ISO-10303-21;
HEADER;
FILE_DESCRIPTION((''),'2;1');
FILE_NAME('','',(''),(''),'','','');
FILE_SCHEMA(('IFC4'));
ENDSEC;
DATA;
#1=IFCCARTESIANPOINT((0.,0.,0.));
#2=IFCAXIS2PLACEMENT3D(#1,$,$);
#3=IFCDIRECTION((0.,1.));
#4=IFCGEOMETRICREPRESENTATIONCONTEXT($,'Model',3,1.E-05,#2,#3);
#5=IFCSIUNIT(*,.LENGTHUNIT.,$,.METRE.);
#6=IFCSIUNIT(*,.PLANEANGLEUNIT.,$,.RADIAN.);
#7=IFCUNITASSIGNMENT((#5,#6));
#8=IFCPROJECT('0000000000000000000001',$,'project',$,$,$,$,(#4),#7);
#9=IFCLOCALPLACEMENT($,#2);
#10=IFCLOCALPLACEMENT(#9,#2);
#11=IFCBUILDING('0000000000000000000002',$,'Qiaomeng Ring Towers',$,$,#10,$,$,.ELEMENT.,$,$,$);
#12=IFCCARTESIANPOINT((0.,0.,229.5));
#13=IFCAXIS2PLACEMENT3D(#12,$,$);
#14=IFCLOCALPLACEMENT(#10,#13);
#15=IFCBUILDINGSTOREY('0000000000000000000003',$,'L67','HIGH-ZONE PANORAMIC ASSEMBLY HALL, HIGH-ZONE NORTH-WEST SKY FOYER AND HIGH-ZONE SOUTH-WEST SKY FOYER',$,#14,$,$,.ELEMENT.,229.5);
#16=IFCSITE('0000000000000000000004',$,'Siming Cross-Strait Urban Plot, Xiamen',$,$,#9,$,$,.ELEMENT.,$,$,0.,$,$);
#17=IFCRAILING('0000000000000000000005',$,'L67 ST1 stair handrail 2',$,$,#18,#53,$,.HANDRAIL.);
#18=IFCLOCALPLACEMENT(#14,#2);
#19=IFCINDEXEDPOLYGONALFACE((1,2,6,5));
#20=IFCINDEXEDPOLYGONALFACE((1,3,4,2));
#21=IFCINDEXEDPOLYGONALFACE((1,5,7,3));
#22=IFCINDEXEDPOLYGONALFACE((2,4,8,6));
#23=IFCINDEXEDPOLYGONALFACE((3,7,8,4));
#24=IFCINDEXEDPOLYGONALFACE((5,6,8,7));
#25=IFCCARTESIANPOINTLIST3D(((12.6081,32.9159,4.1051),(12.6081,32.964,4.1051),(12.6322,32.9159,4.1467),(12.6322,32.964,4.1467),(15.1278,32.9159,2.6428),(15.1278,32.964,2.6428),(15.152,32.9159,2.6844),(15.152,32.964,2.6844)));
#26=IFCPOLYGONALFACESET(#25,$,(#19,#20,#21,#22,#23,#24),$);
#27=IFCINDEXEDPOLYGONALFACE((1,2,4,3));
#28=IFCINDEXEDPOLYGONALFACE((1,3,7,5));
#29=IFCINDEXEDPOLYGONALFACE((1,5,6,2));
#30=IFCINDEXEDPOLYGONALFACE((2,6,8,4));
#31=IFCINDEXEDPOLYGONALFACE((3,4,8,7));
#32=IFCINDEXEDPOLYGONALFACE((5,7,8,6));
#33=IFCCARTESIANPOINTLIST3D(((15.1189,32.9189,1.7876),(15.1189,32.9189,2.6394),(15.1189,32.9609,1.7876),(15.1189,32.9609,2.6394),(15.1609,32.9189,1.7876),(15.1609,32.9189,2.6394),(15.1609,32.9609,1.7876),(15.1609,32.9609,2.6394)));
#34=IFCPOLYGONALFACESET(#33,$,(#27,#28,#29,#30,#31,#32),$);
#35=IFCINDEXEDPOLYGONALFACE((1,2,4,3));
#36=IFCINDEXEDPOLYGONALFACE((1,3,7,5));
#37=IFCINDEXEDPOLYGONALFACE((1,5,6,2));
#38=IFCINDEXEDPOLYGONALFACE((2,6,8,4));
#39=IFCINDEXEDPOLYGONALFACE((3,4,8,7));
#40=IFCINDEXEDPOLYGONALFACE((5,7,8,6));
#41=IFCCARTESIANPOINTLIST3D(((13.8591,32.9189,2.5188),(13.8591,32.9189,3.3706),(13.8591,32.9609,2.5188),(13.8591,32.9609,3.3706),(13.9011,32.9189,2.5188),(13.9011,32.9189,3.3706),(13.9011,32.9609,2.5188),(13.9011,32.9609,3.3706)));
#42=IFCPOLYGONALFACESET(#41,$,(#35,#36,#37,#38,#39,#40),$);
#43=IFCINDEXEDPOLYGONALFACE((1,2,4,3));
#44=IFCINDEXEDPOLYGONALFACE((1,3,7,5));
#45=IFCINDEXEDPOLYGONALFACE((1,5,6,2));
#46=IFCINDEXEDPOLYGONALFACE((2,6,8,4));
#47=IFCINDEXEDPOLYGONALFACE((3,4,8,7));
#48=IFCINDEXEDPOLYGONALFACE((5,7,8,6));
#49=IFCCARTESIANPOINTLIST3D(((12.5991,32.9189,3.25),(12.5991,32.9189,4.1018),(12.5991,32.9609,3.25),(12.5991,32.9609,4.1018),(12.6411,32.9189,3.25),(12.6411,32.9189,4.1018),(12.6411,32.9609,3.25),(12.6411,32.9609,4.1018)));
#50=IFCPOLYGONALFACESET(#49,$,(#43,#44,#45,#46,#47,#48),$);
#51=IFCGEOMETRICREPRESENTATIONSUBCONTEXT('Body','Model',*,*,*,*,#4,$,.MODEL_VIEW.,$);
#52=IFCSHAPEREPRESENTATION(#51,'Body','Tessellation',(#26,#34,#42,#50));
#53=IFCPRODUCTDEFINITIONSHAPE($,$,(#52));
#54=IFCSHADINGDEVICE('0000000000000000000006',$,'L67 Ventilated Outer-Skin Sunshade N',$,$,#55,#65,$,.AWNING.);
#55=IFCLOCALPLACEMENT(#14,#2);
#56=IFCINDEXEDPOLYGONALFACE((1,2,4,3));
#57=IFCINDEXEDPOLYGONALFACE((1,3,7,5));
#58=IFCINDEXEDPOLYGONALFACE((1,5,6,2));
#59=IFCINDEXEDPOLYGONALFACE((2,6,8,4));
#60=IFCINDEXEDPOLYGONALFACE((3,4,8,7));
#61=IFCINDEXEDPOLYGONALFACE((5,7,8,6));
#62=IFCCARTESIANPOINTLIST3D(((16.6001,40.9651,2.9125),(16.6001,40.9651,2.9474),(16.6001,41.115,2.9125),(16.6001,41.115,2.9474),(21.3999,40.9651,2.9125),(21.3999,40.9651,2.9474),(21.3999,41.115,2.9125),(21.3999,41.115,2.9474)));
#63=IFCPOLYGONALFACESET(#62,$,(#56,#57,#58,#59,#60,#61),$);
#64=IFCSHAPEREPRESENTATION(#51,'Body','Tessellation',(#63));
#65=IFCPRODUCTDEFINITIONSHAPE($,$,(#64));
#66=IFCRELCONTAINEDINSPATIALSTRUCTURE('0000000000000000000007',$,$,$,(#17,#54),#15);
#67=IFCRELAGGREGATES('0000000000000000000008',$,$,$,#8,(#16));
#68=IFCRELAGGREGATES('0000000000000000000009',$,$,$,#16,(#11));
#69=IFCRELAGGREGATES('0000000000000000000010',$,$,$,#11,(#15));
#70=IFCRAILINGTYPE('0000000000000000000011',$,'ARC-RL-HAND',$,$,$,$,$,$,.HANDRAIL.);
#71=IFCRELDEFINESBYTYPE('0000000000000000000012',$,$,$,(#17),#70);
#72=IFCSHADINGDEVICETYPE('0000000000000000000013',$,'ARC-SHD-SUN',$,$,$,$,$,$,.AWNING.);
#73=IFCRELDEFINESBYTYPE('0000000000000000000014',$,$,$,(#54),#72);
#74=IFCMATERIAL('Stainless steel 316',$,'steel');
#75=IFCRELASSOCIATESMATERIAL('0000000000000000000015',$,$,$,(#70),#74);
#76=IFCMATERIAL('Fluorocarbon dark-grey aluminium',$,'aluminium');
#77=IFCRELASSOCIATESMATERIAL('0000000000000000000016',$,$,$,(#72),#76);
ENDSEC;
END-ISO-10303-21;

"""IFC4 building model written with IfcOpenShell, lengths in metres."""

from ifc_helpers import new_model, si_unit, direction, frame, origin, origin_2d, place, context, subcontext, project, spatial, rectangle, extrude, source, transform, mapped, material, material_profile, profile_set, type_object, element, save


model = new_model("IFC4")

# Units and contexts
model_context = context("Model", 3, precision=1e-05, world=origin(), true_north=direction((0.0, 1.0)))
body_context = subcontext(model_context, "Body", "Model", "MODEL_VIEW")
ifc_project = project(units=[si_unit("LENGTHUNIT", "METRE"), si_unit("PLANEANGLEUNIT", "RADIAN")], contexts=[model_context])

# Site, building, storey
site_placement = place(None, origin())
site = spatial("IfcSite", under=ifc_project, at=site_placement, Name="Siming Cross-Strait Urban Plot, Xiamen", CompositionType="ELEMENT", RefElevation=0.0)
building_placement = place(site_placement, origin())
building = spatial("IfcBuilding", under=site, at=building_placement, Name="Qiaomeng Ring Towers", CompositionType="ELEMENT")
storey_placement = place(building_placement, frame((0.0, 0.0, 229.5)))
storey = spatial("IfcBuildingStorey", under=building, at=storey_placement, Name="L67", Description="HIGH-ZONE PANORAMIC ASSEMBLY HALL, HIGH-ZONE NORTH-WEST SKY FOYER AND HIGH-ZONE SOUTH-WEST SKY FOYER", CompositionType="ELEMENT", Elevation=229.5)

# Railing
ifc_material_1 = material(Name="Stainless steel 316", Category="steel")
railing_type_1 = type_object("IfcRailingType", Name="ARC-RL-HAND", PredefinedType="HANDRAIL", material=ifc_material_1)
railing_1_placement = place(storey_placement, frame((15.1399, 32.9399, 1.7876)))
element("IfcRailing", 1, at=railing_1_placement, inside=storey, type_object=railing_type_1, Name="L67 ST1 stair handrail 2", PredefinedType="HANDRAIL", context=body_context, shape_type="SweptSolid", body=[
    extrude(rectangle(XDim=0.0481, YDim=0.0481, at=origin_2d()), frame((0.0, 0.0, 0.876), z_axis=(-0.864892, 0.0, 0.501958), x_axis=(0.0, -1.0, 0.0)), (0.0, 0.0, 1.0), 2.9133),
    extrude(rectangle(XDim=0.042, YDim=0.042, at=origin_2d()), origin(), (0.0, 0.0, 1.0), 0.8518),
    extrude(rectangle(XDim=0.042, YDim=0.042, at=origin_2d()), frame((-1.2598, 0.0, 0.7312)), (0.0, 0.0, 1.0), 0.8518),
    extrude(rectangle(XDim=0.042, YDim=0.042, at=origin_2d()), frame((-2.5198, 0.0, 1.4624)), (0.0, 0.0, 1.0), 0.8518),
])

# Shading device
ifc_material_2 = material(Name="Fluorocarbon dark-grey aluminium", Category="aluminium")
ifc_material_profile_1 = material_profile(ifc_material_2, rectangle(XDim=0.1499, YDim=0.0349, at=origin_2d()), Name="LV BLADE 150x35")
ifc_profile_set_1 = profile_set([ifc_material_profile_1], Name="Fluorocarbon dark-grey aluminium")
shading_device_type = type_object("IfcShadingDeviceType", Name="ARC-SHD-SUN", PredefinedType="AWNING", material=ifc_profile_set_1)
shared_shape_1 = source(origin(), body_context, "Body", "SweptSolid", [
    extrude(rectangle(XDim=0.1499, YDim=0.0349, at=origin_2d()), origin(), (0.0, 0.0, 1.0), 4.7998),
])
shading_device_placement = place(storey_placement, frame((16.6001, 41.04, 2.9299), z_axis=(1.0, 0.0, 0.0), x_axis=(0.0, 1.0, 0.0)))
element("IfcShadingDevice", 2, at=shading_device_placement, inside=storey, type_object=shading_device_type, Name="L67 Ventilated Outer-Skin Sunshade N", PredefinedType="AWNING", context=body_context, shape_type="MappedRepresentation", body=[
    mapped(shared_shape_1, transform((0.0, 0.0, 0.0), x_axis=(1.0, 0.0, 0.0), y_axis=(0.0, 1.0, 0.0), z_axis=(0.0, 0.0, 1.0), scale=1.0)),
])

save(model, "model.ifc")
